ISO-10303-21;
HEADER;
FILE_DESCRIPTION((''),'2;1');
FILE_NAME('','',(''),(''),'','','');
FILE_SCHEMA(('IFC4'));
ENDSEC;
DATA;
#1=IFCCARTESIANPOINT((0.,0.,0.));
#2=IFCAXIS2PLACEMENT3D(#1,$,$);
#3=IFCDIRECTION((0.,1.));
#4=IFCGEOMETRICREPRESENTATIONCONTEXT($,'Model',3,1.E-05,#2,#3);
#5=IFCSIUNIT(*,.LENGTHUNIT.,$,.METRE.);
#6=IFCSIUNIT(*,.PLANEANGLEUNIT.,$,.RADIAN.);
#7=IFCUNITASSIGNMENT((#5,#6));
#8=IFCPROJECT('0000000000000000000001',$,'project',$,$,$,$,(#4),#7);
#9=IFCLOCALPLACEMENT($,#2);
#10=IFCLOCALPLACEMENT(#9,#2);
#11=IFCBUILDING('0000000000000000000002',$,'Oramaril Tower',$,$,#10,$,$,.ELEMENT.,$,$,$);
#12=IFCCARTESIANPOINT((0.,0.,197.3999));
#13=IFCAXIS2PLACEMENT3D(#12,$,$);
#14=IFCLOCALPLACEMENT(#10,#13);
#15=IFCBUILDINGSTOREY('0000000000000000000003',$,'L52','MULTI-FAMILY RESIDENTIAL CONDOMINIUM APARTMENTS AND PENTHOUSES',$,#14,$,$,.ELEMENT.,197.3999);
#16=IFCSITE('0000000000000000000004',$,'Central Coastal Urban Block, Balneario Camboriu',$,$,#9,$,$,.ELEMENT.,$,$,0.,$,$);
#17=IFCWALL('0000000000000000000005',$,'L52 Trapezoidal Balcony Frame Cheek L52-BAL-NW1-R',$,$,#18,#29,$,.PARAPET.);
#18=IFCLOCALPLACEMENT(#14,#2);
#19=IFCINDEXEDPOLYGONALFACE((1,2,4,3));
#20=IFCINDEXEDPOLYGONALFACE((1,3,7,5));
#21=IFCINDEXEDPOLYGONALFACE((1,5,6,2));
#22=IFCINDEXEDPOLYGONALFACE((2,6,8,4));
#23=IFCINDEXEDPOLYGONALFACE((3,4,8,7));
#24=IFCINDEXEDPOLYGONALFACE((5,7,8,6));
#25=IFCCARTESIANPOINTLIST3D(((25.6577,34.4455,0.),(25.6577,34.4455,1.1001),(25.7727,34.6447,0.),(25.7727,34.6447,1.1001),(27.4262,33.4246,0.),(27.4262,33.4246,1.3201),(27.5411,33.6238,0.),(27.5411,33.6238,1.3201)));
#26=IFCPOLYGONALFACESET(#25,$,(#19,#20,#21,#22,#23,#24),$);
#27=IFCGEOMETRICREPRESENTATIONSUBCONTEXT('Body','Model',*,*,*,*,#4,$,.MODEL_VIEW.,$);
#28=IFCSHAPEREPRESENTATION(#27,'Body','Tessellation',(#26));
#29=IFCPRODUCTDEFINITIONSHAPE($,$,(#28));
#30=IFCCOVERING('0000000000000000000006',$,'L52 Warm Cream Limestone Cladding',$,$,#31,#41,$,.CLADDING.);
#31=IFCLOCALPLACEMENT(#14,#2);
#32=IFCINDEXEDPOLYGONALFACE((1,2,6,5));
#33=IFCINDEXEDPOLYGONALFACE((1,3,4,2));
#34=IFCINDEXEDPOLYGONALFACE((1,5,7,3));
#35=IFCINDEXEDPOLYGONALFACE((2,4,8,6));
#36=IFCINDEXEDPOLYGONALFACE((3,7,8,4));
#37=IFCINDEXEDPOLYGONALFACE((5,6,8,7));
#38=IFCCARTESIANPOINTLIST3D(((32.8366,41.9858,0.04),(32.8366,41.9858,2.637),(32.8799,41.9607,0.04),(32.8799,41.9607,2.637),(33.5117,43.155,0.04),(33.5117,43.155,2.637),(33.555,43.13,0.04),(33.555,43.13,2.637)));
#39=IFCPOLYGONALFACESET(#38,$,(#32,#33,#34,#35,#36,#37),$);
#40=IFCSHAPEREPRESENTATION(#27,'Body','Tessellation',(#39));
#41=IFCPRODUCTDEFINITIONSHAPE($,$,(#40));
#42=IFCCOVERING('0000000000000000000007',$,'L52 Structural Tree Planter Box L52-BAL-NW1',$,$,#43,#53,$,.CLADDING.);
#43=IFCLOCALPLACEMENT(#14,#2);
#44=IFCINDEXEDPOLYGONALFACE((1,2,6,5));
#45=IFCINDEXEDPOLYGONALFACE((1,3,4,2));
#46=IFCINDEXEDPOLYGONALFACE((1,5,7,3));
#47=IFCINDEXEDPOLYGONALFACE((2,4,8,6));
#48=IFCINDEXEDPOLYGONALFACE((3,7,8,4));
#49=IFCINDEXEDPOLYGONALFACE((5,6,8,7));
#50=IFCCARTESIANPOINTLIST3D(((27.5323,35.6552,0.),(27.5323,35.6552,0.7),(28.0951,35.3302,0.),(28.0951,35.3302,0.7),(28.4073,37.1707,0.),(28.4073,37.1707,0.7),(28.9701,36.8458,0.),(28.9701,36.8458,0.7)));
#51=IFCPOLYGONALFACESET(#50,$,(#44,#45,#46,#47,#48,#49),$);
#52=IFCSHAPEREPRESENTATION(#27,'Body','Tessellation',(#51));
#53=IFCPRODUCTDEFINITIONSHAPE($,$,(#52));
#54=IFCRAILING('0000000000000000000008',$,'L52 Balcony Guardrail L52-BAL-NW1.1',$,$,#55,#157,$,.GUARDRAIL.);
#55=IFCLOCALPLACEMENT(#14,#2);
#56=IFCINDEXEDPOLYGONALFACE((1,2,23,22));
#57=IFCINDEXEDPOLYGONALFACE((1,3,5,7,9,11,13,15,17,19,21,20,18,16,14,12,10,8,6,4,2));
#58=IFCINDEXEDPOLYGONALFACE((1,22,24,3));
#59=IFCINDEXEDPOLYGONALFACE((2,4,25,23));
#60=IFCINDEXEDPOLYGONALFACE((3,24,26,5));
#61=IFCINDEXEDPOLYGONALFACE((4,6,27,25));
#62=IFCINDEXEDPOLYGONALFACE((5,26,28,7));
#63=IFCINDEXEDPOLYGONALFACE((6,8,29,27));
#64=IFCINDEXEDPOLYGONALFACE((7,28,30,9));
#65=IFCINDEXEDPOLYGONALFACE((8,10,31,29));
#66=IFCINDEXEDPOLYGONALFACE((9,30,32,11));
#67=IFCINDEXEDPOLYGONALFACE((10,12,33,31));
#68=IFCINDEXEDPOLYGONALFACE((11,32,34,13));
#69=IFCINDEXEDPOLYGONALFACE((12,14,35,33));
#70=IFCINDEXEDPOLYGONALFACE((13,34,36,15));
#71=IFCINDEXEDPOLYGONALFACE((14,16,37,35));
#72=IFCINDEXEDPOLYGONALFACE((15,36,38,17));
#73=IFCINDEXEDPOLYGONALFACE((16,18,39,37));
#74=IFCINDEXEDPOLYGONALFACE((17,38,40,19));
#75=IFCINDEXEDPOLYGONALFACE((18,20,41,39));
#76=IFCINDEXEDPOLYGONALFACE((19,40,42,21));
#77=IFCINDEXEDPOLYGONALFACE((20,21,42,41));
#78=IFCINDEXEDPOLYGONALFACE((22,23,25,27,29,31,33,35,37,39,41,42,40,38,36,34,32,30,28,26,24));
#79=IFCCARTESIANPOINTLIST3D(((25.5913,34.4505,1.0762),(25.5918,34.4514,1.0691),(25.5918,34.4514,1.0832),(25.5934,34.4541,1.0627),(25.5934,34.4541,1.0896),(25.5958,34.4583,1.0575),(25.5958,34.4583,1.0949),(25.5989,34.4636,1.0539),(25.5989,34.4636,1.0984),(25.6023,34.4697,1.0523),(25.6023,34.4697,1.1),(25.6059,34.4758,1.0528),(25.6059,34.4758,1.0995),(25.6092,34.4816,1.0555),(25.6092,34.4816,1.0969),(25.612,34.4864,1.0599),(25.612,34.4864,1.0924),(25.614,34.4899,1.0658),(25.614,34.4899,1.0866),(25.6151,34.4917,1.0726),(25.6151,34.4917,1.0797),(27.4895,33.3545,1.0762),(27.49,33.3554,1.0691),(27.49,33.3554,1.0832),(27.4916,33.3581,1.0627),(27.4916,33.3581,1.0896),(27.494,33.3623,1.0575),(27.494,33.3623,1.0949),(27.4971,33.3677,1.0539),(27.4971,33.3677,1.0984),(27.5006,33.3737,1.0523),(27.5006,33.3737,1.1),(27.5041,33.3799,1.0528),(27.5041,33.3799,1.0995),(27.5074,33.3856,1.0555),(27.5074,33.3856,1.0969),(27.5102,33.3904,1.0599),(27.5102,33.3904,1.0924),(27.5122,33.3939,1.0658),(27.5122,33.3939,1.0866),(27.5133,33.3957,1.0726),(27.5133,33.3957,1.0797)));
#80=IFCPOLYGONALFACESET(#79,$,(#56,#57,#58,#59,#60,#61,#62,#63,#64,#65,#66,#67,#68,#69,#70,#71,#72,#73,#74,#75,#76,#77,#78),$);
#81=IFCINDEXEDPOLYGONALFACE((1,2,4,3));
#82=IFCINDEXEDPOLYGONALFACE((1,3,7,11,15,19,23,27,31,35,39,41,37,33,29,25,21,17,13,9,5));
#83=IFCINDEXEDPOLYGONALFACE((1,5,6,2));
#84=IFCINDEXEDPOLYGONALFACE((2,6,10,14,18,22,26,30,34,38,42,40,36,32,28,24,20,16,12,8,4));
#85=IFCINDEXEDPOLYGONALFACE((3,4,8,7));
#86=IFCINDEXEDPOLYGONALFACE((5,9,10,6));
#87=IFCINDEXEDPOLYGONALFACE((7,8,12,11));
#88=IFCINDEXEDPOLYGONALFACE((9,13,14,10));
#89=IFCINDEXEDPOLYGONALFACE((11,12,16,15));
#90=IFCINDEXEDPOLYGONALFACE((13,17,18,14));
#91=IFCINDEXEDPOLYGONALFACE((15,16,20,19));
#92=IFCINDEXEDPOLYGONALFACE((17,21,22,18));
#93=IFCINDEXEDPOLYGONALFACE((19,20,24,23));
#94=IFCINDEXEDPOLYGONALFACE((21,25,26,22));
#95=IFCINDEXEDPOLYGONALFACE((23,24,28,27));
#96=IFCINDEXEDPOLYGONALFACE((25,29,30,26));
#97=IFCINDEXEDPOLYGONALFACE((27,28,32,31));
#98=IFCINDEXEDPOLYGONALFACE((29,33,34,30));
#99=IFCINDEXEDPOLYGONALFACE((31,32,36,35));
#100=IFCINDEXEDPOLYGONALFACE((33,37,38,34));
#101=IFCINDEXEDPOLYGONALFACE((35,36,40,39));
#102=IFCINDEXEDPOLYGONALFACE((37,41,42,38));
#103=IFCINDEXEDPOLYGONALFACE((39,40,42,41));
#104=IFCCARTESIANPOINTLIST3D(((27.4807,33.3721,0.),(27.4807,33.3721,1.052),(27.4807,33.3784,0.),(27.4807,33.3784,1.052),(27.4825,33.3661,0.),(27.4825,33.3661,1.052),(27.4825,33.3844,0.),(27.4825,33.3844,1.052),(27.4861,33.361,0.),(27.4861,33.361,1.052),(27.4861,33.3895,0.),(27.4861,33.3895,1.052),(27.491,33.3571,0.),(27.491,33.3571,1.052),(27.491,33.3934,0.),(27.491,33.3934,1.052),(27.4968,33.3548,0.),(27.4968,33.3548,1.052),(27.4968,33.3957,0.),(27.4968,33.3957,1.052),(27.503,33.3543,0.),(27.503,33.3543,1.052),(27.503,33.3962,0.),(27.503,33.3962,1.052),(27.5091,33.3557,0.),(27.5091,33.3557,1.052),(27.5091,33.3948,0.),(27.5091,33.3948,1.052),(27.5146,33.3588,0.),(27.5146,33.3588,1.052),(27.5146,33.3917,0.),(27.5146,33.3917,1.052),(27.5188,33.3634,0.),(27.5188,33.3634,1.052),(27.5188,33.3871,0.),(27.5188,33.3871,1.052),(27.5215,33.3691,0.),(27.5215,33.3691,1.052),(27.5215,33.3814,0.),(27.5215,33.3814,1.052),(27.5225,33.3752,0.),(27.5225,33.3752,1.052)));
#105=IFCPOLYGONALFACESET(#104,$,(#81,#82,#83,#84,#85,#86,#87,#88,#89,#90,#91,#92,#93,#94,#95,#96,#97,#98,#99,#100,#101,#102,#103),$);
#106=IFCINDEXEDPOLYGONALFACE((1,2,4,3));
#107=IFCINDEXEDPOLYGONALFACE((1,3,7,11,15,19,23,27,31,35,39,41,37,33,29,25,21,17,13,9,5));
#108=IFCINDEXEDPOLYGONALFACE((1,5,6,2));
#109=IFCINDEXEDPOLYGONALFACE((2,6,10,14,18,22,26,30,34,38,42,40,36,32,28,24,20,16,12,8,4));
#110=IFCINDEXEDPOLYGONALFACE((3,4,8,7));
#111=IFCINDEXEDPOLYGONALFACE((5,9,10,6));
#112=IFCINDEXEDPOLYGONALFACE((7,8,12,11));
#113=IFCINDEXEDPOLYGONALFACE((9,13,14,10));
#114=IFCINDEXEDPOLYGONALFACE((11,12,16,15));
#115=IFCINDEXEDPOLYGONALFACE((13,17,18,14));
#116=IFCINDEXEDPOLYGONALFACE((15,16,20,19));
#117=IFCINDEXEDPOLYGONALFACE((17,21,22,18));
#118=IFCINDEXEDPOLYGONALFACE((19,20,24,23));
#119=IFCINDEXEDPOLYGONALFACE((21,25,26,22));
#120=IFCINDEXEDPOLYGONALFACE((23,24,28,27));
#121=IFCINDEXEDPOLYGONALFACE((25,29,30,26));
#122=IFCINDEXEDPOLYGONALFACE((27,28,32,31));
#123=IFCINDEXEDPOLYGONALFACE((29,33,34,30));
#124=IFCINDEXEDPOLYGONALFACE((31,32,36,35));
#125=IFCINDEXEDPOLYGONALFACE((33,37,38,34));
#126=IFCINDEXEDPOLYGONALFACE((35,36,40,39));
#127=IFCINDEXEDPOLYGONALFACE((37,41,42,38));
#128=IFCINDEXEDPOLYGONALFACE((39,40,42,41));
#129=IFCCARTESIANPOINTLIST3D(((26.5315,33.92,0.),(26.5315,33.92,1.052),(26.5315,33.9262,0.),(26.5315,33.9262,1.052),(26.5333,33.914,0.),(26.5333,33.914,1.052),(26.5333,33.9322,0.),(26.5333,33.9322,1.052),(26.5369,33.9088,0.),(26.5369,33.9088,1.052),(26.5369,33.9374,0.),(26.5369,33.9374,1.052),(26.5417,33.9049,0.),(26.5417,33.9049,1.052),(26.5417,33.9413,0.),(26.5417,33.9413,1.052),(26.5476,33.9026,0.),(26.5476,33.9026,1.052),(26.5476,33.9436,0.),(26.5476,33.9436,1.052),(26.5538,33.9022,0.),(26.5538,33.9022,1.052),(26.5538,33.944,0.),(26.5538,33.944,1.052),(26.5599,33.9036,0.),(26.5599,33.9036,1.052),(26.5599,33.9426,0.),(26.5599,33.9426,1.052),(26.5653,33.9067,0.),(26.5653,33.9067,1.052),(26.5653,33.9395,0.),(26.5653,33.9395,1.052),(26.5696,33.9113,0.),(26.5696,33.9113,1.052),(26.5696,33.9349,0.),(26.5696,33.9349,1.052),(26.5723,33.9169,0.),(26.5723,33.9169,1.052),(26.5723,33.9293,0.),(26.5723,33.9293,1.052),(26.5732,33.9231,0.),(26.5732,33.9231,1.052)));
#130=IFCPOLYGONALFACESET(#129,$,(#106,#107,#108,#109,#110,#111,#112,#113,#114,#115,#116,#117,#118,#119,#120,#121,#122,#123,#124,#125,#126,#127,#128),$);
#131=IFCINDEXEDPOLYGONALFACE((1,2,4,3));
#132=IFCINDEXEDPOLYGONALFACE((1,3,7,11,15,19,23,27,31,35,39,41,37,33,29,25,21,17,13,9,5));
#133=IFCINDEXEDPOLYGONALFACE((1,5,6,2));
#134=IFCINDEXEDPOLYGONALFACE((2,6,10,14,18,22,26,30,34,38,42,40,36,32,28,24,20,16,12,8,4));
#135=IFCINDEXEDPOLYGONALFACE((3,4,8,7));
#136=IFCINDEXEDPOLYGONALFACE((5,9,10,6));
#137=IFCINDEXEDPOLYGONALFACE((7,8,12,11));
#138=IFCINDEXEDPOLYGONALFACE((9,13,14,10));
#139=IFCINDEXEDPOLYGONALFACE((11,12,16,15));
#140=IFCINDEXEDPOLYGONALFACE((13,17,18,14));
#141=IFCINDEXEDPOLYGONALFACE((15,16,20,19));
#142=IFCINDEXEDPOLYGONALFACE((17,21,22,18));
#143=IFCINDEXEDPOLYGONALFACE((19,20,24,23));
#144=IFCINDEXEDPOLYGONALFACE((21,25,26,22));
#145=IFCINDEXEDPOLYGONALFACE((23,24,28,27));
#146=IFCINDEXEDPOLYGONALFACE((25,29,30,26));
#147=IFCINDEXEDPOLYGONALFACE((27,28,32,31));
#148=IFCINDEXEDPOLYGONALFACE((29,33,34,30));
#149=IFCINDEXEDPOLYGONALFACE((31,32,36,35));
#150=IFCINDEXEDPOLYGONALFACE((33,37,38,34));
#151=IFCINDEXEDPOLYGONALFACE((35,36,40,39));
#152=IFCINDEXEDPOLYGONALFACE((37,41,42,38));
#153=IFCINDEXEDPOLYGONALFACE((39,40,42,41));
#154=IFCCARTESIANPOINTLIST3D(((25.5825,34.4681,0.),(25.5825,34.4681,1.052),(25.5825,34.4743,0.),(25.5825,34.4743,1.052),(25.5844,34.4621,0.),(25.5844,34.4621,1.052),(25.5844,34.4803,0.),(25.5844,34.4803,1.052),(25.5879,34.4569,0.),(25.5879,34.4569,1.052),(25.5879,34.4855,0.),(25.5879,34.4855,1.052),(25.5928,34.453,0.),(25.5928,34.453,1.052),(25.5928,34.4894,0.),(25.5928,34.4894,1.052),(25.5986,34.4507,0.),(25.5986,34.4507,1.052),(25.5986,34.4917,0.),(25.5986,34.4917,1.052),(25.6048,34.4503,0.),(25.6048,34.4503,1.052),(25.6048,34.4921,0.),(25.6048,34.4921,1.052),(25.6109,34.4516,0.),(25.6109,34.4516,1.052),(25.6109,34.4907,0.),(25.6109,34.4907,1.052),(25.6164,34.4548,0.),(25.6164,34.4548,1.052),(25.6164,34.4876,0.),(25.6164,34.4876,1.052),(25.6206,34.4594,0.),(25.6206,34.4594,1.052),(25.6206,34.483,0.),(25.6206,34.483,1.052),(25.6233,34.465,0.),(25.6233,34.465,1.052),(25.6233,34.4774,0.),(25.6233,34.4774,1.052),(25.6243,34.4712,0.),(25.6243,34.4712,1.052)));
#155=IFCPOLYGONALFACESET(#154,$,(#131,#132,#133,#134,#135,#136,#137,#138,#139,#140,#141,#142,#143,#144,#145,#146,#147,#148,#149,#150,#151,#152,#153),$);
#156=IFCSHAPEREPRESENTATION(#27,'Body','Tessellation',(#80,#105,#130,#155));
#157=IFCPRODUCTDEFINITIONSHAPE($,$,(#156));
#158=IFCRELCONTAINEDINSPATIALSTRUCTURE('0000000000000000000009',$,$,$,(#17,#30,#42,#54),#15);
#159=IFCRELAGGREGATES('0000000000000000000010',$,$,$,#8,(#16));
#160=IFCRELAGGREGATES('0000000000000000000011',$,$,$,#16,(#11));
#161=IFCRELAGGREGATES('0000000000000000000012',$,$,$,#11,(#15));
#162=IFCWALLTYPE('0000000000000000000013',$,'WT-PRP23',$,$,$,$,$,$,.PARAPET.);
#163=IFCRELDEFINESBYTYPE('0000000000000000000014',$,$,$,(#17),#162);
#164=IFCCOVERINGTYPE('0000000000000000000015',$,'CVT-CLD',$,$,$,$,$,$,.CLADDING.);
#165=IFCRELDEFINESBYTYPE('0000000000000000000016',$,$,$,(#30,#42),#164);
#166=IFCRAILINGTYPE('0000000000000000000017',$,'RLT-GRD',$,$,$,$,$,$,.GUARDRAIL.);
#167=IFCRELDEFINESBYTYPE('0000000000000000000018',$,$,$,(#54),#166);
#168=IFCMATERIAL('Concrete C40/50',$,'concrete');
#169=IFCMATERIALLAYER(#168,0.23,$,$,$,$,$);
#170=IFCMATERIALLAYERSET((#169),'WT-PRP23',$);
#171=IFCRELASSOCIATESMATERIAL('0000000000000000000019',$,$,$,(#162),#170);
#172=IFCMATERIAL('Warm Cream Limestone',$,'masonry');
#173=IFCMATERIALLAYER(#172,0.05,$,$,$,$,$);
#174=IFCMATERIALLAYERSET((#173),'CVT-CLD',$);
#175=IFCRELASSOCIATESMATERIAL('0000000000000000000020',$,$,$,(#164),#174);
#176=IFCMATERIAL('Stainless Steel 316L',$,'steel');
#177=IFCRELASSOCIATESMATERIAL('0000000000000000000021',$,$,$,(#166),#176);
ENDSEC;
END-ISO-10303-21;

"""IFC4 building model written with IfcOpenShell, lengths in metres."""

from ifc_helpers import new_model, si_unit, direction, frame, origin, origin_2d, place, context, subcontext, project, spatial, polyline, rectangle, circle, outline, extrude, material, layer, layer_set, type_object, element, save


model = new_model("IFC4")

# Units and contexts
model_context = context("Model", 3, precision=1e-05, world=origin(), true_north=direction((0.0, 1.0)))
body_context = subcontext(model_context, "Body", "Model", "MODEL_VIEW")
ifc_project = project(units=[si_unit("LENGTHUNIT", "METRE"), si_unit("PLANEANGLEUNIT", "RADIAN")], contexts=[model_context])

# Site, building, storey
site_placement = place(None, origin())
site = spatial("IfcSite", under=ifc_project, at=site_placement, Name="Central Coastal Urban Block, Balneario Camboriu", CompositionType="ELEMENT", RefElevation=0.0)
building_placement = place(site_placement, origin())
building = spatial("IfcBuilding", under=site, at=building_placement, Name="Oramaril Tower", CompositionType="ELEMENT")
storey_placement = place(building_placement, frame((0.0, 0.0, 197.3999)))
storey = spatial("IfcBuildingStorey", under=building, at=storey_placement, Name="L52", Description="MULTI-FAMILY RESIDENTIAL CONDOMINIUM APARTMENTS AND PENTHOUSES", CompositionType="ELEMENT", Elevation=197.3999)

# Wall
ifc_material_1 = material(Name="Concrete C40/50", Category="concrete")
ifc_layer_1 = layer(ifc_material_1, 0.23)
ifc_layer_set_1 = layer_set([ifc_layer_1], Name="WT-PRP23")
wall_type_1 = type_object("IfcWallType", Name="WT-PRP23", PredefinedType="PARAPET", material=ifc_layer_set_1)
wall_1_placement = place(storey_placement, frame((27.4836, 33.5242, 0.0), z_axis=(0.0, 0.0, 1.0), x_axis=(-0.866042, 0.499971, 0.0)))
element("IfcWall", 1, at=wall_1_placement, inside=storey, type_object=wall_type_1, Name="L52 Trapezoidal Balcony Frame Cheek L52-BAL-NW1-R", PredefinedType="PARAPET", context=body_context, shape_type="SweptSolid", body=[
    extrude(outline(polyline([(0.0, 0.0), (2.042, 0.0), (2.042, 1.1001), (0.0, 1.3201), (0.0, 0.0)])), frame((0.0, 0.115, 0.0), z_axis=(0.0, -1.0, 0.0), x_axis=(1.0, 0.0, 0.0)), (0.0, 0.0, 1.0), 0.23),
])

# Coverings
ifc_material_2 = material(Name="Warm Cream Limestone", Category="masonry")
ifc_layer_2 = layer(ifc_material_2, 0.05)
ifc_layer_set_2 = layer_set([ifc_layer_2], Name="CVT-CLD")
covering_type = type_object("IfcCoveringType", Name="CVT-CLD", PredefinedType="CLADDING", material=ifc_layer_set_2)
covering_1_placement = place(storey_placement, frame((33.1958, 42.5579, 0.04), z_axis=(0.0, 0.0, 1.0), x_axis=(-0.5, -0.866025, 0.0)))
element("IfcCovering", 2, at=covering_1_placement, inside=storey, type_object=covering_type, Name="L52 Warm Cream Limestone Cladding", PredefinedType="CLADDING", context=body_context, shape_type="SweptSolid", body=[
    extrude(rectangle(XDim=1.3501, YDim=0.05, at=origin_2d()), origin(), (0.0, 0.0, 1.0), 2.5969),
])
covering_2_placement = place(storey_placement, frame((28.2512, 36.2505, 0.0), z_axis=(0.0, 0.0, 1.0), x_axis=(-0.5, -0.866025, 0.0)))
element("IfcCovering", 3, at=covering_2_placement, inside=storey, type_object=covering_type, Name="L52 Structural Tree Planter Box L52-BAL-NW1", PredefinedType="CLADDING", context=body_context, shape_type="SweptSolid", body=[
    extrude(rectangle(XDim=1.75, YDim=0.6499, at=origin_2d()), origin(), (0.0, 0.0, 1.0), 0.7),
])

# Railing
ifc_material_3 = material(Name="Stainless Steel 316L", Category="steel")
railing_type = type_object("IfcRailingType", Name="RLT-GRD", PredefinedType="GUARDRAIL", material=ifc_material_3)
railing_1_placement = place(storey_placement, frame((27.5015, 33.3752, 0.0)))
element("IfcRailing", 4, at=railing_1_placement, inside=storey, type_object=railing_type, Name="L52 Balcony Guardrail L52-BAL-NW1.1", PredefinedType="GUARDRAIL", context=body_context, shape_type="SweptSolid", body=[
    extrude(circle(Radius=0.0239, at=origin_2d()), frame((0.0, 0.0, 1.0762), z_axis=(-0.866021, 0.500008, 0.0), x_axis=(-0.500008, -0.866021, 0.0)), (0.0, 0.0, 1.0), 2.1919),
    extrude(circle(Radius=0.021, at=origin_2d()), origin(), (0.0, 0.0, 1.0), 1.052),
    extrude(circle(Radius=0.021, at=origin_2d()), frame((-0.9492, 0.5479, 0.0)), (0.0, 0.0, 1.0), 1.052),
    extrude(circle(Radius=0.021, at=origin_2d()), frame((-1.8982, 1.0959, 0.0)), (0.0, 0.0, 1.0), 1.052),
])

save(model, "model.ifc")
